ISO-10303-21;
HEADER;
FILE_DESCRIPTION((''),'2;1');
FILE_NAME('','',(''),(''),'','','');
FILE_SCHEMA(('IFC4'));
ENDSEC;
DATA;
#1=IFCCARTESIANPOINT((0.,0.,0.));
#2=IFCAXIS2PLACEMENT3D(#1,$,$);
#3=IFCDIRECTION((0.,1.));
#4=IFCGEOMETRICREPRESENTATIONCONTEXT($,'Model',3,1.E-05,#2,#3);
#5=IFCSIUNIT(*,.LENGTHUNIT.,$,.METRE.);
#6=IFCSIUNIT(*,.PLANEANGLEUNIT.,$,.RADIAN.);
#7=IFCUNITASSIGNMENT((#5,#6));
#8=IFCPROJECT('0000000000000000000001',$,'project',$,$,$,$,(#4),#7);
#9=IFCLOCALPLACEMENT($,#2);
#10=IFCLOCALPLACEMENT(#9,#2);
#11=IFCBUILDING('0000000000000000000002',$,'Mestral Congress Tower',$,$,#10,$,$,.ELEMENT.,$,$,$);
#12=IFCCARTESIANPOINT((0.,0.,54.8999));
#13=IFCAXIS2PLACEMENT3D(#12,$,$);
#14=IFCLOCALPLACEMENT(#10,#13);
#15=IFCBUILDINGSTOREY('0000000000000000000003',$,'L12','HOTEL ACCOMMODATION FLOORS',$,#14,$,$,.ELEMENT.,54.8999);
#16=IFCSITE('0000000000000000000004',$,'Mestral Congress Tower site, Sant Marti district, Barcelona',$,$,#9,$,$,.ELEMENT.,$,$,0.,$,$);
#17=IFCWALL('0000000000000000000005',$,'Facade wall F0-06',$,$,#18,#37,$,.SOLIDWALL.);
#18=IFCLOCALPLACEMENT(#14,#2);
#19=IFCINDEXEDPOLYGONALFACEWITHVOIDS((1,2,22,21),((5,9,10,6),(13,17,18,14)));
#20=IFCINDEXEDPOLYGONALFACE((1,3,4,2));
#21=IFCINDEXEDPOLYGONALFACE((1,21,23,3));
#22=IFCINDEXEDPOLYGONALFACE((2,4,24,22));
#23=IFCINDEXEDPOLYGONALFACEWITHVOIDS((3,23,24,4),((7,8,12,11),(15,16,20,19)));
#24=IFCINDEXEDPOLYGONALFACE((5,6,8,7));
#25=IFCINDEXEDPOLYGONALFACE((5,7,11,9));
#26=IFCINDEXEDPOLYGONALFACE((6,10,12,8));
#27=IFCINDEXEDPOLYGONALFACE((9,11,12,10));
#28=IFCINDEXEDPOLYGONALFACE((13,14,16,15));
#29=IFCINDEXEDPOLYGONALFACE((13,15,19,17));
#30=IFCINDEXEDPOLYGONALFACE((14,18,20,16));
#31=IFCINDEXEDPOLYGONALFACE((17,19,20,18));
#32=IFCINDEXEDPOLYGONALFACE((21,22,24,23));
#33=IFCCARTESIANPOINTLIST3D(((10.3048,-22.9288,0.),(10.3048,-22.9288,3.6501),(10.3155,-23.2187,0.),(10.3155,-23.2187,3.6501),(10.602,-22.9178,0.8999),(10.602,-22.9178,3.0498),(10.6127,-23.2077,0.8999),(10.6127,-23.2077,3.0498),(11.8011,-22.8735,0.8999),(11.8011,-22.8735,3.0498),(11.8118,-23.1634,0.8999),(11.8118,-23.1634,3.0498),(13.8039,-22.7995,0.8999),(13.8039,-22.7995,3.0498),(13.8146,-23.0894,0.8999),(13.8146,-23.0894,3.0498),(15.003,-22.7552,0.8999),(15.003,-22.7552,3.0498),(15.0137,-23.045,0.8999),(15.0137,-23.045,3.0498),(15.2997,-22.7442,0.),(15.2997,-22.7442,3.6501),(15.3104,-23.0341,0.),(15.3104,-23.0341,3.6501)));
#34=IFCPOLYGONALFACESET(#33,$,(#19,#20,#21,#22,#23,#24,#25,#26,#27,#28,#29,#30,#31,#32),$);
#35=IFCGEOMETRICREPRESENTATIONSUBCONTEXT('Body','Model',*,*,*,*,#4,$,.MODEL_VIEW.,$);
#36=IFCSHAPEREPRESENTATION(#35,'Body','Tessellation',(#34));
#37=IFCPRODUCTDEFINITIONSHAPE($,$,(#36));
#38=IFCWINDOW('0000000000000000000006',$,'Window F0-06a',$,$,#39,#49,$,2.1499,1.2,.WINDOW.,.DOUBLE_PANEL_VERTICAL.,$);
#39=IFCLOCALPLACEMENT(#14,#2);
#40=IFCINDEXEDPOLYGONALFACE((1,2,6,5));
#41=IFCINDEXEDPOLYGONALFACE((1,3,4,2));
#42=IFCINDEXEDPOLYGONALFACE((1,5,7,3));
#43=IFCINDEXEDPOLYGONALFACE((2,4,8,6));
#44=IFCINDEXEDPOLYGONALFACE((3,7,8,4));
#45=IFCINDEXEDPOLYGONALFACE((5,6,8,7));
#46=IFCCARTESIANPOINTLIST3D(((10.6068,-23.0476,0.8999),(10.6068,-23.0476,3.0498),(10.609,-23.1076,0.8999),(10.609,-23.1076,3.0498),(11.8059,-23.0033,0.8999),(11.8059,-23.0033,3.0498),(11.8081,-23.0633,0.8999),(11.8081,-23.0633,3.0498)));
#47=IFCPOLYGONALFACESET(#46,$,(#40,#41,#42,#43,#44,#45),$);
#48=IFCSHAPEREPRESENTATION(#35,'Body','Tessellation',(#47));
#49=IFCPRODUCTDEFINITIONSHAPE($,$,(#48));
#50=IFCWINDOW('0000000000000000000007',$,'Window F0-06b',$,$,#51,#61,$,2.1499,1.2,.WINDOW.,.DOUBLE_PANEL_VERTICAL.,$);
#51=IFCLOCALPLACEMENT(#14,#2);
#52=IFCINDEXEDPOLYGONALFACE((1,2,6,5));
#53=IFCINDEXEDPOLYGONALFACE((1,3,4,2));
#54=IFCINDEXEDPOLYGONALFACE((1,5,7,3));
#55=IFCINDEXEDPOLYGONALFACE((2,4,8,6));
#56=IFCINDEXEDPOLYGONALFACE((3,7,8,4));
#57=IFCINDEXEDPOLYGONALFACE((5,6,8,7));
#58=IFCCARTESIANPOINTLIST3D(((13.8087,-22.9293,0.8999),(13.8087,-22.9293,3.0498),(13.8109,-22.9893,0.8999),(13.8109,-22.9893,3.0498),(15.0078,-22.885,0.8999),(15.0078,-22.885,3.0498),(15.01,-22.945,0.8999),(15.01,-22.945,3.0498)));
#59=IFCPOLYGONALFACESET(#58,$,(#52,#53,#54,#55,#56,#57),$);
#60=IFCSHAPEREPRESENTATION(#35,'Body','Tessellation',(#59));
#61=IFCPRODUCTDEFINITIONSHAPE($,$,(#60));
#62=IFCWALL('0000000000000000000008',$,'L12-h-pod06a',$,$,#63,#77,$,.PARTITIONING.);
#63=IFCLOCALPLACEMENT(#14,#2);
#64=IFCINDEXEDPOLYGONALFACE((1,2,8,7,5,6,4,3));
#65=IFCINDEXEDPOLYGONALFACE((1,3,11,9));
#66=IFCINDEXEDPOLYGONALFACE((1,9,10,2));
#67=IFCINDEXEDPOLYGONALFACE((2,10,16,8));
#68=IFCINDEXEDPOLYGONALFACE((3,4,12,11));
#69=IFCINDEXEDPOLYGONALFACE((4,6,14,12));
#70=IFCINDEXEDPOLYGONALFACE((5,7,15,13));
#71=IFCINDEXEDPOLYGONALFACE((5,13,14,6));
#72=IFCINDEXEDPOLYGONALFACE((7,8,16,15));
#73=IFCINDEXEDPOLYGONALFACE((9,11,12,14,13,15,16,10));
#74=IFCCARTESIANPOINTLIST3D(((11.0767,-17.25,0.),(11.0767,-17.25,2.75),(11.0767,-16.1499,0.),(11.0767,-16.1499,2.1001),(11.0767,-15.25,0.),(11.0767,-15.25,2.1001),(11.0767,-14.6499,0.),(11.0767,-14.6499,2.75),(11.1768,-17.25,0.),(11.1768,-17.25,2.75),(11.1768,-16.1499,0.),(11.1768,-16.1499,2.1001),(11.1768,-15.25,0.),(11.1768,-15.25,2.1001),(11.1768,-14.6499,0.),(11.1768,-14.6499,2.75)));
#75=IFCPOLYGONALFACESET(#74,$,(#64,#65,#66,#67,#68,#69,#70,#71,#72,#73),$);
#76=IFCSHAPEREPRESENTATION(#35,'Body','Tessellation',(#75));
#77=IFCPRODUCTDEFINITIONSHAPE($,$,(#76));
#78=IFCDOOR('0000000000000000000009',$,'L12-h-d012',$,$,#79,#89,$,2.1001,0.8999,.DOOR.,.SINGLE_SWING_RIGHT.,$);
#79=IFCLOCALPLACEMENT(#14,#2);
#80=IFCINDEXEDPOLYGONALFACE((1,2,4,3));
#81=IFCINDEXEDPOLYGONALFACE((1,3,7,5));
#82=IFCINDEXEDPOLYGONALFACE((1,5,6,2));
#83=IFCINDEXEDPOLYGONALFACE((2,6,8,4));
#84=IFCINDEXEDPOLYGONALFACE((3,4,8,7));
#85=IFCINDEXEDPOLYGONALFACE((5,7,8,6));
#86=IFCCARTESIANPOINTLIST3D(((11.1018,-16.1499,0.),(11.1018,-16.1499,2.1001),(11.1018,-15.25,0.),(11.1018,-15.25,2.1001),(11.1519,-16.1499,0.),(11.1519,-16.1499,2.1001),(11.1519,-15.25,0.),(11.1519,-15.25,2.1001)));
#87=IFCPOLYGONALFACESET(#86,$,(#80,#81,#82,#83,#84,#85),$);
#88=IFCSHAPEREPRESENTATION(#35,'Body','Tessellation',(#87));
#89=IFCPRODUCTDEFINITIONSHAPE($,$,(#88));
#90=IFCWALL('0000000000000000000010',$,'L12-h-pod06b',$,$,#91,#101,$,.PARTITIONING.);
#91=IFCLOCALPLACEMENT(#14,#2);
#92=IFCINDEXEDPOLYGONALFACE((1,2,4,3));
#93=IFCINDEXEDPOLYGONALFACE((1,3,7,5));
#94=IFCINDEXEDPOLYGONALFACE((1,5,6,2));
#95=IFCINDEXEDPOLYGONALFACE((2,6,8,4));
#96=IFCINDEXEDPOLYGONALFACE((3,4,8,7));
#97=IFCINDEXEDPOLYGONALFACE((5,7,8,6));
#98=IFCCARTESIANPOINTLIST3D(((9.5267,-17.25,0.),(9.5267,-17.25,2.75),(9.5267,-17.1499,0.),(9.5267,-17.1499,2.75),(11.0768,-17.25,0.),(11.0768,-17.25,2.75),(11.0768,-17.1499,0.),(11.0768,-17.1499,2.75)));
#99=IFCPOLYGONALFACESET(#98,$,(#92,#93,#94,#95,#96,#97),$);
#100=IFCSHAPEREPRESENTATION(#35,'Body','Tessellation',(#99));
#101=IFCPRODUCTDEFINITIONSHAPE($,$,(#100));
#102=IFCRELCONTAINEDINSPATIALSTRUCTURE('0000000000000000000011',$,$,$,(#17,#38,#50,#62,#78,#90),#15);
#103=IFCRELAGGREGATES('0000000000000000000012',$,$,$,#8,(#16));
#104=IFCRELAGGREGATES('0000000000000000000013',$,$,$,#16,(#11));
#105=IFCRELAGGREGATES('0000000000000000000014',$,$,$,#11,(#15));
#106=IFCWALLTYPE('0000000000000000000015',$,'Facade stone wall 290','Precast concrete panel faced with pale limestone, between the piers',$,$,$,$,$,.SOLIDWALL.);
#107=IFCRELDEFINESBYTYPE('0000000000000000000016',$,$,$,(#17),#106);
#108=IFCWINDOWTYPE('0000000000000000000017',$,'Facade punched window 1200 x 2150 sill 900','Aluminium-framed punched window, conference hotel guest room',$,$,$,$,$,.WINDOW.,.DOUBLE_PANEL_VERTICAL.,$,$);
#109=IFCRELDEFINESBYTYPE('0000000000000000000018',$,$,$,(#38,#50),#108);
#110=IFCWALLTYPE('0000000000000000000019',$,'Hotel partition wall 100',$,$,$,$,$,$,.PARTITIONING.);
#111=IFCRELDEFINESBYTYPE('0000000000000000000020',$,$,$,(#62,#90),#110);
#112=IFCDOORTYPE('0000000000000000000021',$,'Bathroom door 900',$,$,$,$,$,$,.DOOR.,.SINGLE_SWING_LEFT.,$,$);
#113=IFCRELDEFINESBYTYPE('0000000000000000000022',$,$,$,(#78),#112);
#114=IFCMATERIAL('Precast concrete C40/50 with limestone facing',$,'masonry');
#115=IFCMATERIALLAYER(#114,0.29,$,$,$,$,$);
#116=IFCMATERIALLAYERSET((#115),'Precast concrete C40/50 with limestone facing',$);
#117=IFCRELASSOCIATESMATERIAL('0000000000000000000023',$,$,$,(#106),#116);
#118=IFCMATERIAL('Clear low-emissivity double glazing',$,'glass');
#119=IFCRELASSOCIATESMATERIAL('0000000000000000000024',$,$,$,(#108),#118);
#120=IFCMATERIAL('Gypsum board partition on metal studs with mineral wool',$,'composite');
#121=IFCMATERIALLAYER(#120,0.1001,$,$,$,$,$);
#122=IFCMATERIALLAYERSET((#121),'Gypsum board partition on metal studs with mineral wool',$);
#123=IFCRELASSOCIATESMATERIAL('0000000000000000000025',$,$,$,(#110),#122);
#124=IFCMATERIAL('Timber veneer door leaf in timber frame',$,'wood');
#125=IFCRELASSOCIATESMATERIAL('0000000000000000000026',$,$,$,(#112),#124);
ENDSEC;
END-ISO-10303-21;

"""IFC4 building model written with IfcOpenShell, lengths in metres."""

from ifc_helpers import new_model, si_unit, direction, frame, frame_2d, origin, place, context, subcontext, project, spatial, rectangle, extrude, material, layer, layer_set, type_object, element, fill, save


model = new_model("IFC4")

# Units and contexts
model_context = context("Model", 3, precision=1e-05, world=origin(), true_north=direction((0.0, 1.0)))
body_context = subcontext(model_context, "Body", "Model", "MODEL_VIEW")
ifc_project = project(units=[si_unit("LENGTHUNIT", "METRE"), si_unit("PLANEANGLEUNIT", "RADIAN")], contexts=[model_context])

# Site, building, storey
site_placement = place(None, origin())
site = spatial("IfcSite", under=ifc_project, at=site_placement, Name="Mestral Congress Tower site, Sant Marti district, Barcelona", CompositionType="ELEMENT", RefElevation=0.0)
building_placement = place(site_placement, origin())
building = spatial("IfcBuilding", under=site, at=building_placement, Name="Mestral Congress Tower", CompositionType="ELEMENT")
storey_placement = place(building_placement, frame((0.0, 0.0, 54.8999)))
storey = spatial("IfcBuildingStorey", under=building, at=storey_placement, Name="L12", Description="HOTEL ACCOMMODATION FLOORS", CompositionType="ELEMENT", Elevation=54.8999)

# Wall, openings, windows
ifc_material_1 = material(Name="Precast concrete C40/50 with limestone facing", Category="masonry")
ifc_layer_1 = layer(ifc_material_1, 0.29)
ifc_layer_set_1 = layer_set([ifc_layer_1], Name="Precast concrete C40/50 with limestone facing")
wall_type_1 = type_object("IfcWallType", Name="Facade stone wall 290", Description="Precast concrete panel faced with pale limestone, between the piers", PredefinedType="SOLIDWALL", material=ifc_layer_set_1)
wall_1_placement = place(storey_placement, frame((10.3103, -23.0737, 0.0), z_axis=(0.0, 0.0, 1.0), x_axis=(0.999318, 0.036927, 0.0)))
wall_1 = element("IfcWall", 1, at=wall_1_placement, inside=storey, type_object=wall_type_1, Name="Facade wall F0-06", PredefinedType="SOLIDWALL", context=body_context, shape_type="SweptSolid", body=[
    extrude(rectangle(XDim=4.9983, YDim=0.29, at=frame_2d((2.499, 0.0))), origin(), (0.0, 0.0, 1.0), 3.6501),
])
opening_1_placement = place(wall_1_placement, frame((0.2971, 0.0, 0.8999)))
opening_1 = element("IfcOpeningElement", 2, at=opening_1_placement, cuts=wall_1, PredefinedType="OPENING", context=body_context, shape_type="SweptSolid", body=[
    extrude(rectangle(XDim=1.2, YDim=2.1499, at=frame_2d((0.6001, 1.075))), frame((0.0, 0.155, 0.0), z_axis=(0.0, -1.0, 0.0), x_axis=(1.0, 0.0, 0.0)), (0.0, 0.0, 1.0), 0.3101),
])
opening_2_placement = place(wall_1_placement, frame((3.5012, 0.0, 0.8999)))
opening_2 = element("IfcOpeningElement", 3, at=opening_2_placement, cuts=wall_1, PredefinedType="OPENING", context=body_context, shape_type="SweptSolid", body=[
    extrude(rectangle(XDim=1.2, YDim=2.1499, at=frame_2d((0.6001, 1.075))), frame((0.0, 0.155, 0.0), z_axis=(0.0, -1.0, 0.0), x_axis=(1.0, 0.0, 0.0)), (0.0, 0.0, 1.0), 0.3101),
])
ifc_material_2 = material(Name="Clear low-emissivity double glazing", Category="glass")
window_type = type_object("IfcWindowType", Name="Facade punched window 1200 x 2150 sill 900", Description="Aluminium-framed punched window, conference hotel guest room", PartitioningType="DOUBLE_PANEL_VERTICAL", PredefinedType="WINDOW", material=ifc_material_2)
window_1_placement = place(opening_1_placement, origin())
window_1 = element("IfcWindow", 4, at=window_1_placement, inside=storey, type_object=window_type, Name="Window F0-06a", OverallHeight=2.1499, OverallWidth=1.2, PartitioningType="DOUBLE_PANEL_VERTICAL", PredefinedType="WINDOW", context=body_context, shape_type="SweptSolid", body=[
    extrude(rectangle(XDim=1.2, YDim=2.1499, at=frame_2d((0.6001, 1.075))), frame((0.0, 0.0151, 0.0), z_axis=(0.0, -1.0, 0.0), x_axis=(1.0, 0.0, 0.0)), (0.0, 0.0, 1.0), 0.0601),
])
fill(opening_1, window_1)
window_2_placement = place(opening_2_placement, origin())
window_2 = element("IfcWindow", 5, at=window_2_placement, inside=storey, type_object=window_type, Name="Window F0-06b", OverallHeight=2.1499, OverallWidth=1.2, PartitioningType="DOUBLE_PANEL_VERTICAL", PredefinedType="WINDOW", context=body_context, shape_type="SweptSolid", body=[
    extrude(rectangle(XDim=1.2, YDim=2.1499, at=frame_2d((0.6001, 1.075))), frame((0.0, 0.0151, 0.0), z_axis=(0.0, -1.0, 0.0), x_axis=(1.0, 0.0, 0.0)), (0.0, 0.0, 1.0), 0.0601),
])
fill(opening_2, window_2)

# Wall, opening, door
ifc_material_3 = material(Name="Gypsum board partition on metal studs with mineral wool", Category="composite")
ifc_layer_2 = layer(ifc_material_3, 0.1001)
ifc_layer_set_2 = layer_set([ifc_layer_2], Name="Gypsum board partition on metal studs with mineral wool")
wall_type_2 = type_object("IfcWallType", Name="Hotel partition wall 100", PredefinedType="PARTITIONING", material=ifc_layer_set_2)
wall_2_placement = place(storey_placement, frame((11.1267, -17.25, 0.0), z_axis=(0.0, 0.0, 1.0), x_axis=(0.0, 1.0, 0.0)))
wall_2 = element("IfcWall", 6, at=wall_2_placement, inside=storey, type_object=wall_type_2, Name="L12-h-pod06a", PredefinedType="PARTITIONING", context=body_context, shape_type="SweptSolid", body=[
    extrude(rectangle(XDim=2.6001, YDim=0.1001, at=frame_2d((1.3, 0.0))), origin(), (0.0, 0.0, 1.0), 2.75),
])
opening_3_placement = place(wall_2_placement, frame((1.1001, 0.0, 0.0)))
opening_3 = element("IfcOpeningElement", 7, at=opening_3_placement, cuts=wall_2, PredefinedType="OPENING", context=body_context, shape_type="SweptSolid", body=[
    extrude(rectangle(XDim=0.8999, YDim=2.1001, at=frame_2d((0.45, 1.05))), frame((0.0, 0.0601, 0.0), z_axis=(0.0, -1.0, 0.0), x_axis=(1.0, 0.0, 0.0)), (0.0, 0.0, 1.0), 0.1201),
])
ifc_material_4 = material(Name="Timber veneer door leaf in timber frame", Category="wood")
door_type_1 = type_object("IfcDoorType", Name="Bathroom door 900", OperationType="SINGLE_SWING_LEFT", PredefinedType="DOOR", material=ifc_material_4)
door_1_placement = place(opening_3_placement, origin())
door_1 = element("IfcDoor", 8, at=door_1_placement, inside=storey, type_object=door_type_1, Name="L12-h-d012", OperationType="SINGLE_SWING_RIGHT", OverallHeight=2.1001, OverallWidth=0.8999, PredefinedType="DOOR", context=body_context, shape_type="SweptSolid", body=[
    extrude(rectangle(XDim=0.8999, YDim=2.1001, at=frame_2d((0.45, 1.05))), frame((0.0, 0.0249, 0.0), z_axis=(0.0, -1.0, 0.0), x_axis=(1.0, 0.0, 0.0)), (0.0, 0.0, 1.0), 0.05),
])
fill(opening_3, door_1)

# Wall
wall_3_placement = place(storey_placement, frame((11.0767, -17.2, 0.0), z_axis=(0.0, 0.0, 1.0), x_axis=(-1.0, 0.0, 0.0)))
element("IfcWall", 9, at=wall_3_placement, inside=storey, type_object=wall_type_2, Name="L12-h-pod06b", PredefinedType="PARTITIONING", context=body_context, shape_type="SweptSolid", body=[
    extrude(rectangle(XDim=1.55, YDim=0.1001, at=frame_2d((0.7749, 0.0))), origin(), (0.0, 0.0, 1.0), 2.75),
])

save(model, "model.ifc")
